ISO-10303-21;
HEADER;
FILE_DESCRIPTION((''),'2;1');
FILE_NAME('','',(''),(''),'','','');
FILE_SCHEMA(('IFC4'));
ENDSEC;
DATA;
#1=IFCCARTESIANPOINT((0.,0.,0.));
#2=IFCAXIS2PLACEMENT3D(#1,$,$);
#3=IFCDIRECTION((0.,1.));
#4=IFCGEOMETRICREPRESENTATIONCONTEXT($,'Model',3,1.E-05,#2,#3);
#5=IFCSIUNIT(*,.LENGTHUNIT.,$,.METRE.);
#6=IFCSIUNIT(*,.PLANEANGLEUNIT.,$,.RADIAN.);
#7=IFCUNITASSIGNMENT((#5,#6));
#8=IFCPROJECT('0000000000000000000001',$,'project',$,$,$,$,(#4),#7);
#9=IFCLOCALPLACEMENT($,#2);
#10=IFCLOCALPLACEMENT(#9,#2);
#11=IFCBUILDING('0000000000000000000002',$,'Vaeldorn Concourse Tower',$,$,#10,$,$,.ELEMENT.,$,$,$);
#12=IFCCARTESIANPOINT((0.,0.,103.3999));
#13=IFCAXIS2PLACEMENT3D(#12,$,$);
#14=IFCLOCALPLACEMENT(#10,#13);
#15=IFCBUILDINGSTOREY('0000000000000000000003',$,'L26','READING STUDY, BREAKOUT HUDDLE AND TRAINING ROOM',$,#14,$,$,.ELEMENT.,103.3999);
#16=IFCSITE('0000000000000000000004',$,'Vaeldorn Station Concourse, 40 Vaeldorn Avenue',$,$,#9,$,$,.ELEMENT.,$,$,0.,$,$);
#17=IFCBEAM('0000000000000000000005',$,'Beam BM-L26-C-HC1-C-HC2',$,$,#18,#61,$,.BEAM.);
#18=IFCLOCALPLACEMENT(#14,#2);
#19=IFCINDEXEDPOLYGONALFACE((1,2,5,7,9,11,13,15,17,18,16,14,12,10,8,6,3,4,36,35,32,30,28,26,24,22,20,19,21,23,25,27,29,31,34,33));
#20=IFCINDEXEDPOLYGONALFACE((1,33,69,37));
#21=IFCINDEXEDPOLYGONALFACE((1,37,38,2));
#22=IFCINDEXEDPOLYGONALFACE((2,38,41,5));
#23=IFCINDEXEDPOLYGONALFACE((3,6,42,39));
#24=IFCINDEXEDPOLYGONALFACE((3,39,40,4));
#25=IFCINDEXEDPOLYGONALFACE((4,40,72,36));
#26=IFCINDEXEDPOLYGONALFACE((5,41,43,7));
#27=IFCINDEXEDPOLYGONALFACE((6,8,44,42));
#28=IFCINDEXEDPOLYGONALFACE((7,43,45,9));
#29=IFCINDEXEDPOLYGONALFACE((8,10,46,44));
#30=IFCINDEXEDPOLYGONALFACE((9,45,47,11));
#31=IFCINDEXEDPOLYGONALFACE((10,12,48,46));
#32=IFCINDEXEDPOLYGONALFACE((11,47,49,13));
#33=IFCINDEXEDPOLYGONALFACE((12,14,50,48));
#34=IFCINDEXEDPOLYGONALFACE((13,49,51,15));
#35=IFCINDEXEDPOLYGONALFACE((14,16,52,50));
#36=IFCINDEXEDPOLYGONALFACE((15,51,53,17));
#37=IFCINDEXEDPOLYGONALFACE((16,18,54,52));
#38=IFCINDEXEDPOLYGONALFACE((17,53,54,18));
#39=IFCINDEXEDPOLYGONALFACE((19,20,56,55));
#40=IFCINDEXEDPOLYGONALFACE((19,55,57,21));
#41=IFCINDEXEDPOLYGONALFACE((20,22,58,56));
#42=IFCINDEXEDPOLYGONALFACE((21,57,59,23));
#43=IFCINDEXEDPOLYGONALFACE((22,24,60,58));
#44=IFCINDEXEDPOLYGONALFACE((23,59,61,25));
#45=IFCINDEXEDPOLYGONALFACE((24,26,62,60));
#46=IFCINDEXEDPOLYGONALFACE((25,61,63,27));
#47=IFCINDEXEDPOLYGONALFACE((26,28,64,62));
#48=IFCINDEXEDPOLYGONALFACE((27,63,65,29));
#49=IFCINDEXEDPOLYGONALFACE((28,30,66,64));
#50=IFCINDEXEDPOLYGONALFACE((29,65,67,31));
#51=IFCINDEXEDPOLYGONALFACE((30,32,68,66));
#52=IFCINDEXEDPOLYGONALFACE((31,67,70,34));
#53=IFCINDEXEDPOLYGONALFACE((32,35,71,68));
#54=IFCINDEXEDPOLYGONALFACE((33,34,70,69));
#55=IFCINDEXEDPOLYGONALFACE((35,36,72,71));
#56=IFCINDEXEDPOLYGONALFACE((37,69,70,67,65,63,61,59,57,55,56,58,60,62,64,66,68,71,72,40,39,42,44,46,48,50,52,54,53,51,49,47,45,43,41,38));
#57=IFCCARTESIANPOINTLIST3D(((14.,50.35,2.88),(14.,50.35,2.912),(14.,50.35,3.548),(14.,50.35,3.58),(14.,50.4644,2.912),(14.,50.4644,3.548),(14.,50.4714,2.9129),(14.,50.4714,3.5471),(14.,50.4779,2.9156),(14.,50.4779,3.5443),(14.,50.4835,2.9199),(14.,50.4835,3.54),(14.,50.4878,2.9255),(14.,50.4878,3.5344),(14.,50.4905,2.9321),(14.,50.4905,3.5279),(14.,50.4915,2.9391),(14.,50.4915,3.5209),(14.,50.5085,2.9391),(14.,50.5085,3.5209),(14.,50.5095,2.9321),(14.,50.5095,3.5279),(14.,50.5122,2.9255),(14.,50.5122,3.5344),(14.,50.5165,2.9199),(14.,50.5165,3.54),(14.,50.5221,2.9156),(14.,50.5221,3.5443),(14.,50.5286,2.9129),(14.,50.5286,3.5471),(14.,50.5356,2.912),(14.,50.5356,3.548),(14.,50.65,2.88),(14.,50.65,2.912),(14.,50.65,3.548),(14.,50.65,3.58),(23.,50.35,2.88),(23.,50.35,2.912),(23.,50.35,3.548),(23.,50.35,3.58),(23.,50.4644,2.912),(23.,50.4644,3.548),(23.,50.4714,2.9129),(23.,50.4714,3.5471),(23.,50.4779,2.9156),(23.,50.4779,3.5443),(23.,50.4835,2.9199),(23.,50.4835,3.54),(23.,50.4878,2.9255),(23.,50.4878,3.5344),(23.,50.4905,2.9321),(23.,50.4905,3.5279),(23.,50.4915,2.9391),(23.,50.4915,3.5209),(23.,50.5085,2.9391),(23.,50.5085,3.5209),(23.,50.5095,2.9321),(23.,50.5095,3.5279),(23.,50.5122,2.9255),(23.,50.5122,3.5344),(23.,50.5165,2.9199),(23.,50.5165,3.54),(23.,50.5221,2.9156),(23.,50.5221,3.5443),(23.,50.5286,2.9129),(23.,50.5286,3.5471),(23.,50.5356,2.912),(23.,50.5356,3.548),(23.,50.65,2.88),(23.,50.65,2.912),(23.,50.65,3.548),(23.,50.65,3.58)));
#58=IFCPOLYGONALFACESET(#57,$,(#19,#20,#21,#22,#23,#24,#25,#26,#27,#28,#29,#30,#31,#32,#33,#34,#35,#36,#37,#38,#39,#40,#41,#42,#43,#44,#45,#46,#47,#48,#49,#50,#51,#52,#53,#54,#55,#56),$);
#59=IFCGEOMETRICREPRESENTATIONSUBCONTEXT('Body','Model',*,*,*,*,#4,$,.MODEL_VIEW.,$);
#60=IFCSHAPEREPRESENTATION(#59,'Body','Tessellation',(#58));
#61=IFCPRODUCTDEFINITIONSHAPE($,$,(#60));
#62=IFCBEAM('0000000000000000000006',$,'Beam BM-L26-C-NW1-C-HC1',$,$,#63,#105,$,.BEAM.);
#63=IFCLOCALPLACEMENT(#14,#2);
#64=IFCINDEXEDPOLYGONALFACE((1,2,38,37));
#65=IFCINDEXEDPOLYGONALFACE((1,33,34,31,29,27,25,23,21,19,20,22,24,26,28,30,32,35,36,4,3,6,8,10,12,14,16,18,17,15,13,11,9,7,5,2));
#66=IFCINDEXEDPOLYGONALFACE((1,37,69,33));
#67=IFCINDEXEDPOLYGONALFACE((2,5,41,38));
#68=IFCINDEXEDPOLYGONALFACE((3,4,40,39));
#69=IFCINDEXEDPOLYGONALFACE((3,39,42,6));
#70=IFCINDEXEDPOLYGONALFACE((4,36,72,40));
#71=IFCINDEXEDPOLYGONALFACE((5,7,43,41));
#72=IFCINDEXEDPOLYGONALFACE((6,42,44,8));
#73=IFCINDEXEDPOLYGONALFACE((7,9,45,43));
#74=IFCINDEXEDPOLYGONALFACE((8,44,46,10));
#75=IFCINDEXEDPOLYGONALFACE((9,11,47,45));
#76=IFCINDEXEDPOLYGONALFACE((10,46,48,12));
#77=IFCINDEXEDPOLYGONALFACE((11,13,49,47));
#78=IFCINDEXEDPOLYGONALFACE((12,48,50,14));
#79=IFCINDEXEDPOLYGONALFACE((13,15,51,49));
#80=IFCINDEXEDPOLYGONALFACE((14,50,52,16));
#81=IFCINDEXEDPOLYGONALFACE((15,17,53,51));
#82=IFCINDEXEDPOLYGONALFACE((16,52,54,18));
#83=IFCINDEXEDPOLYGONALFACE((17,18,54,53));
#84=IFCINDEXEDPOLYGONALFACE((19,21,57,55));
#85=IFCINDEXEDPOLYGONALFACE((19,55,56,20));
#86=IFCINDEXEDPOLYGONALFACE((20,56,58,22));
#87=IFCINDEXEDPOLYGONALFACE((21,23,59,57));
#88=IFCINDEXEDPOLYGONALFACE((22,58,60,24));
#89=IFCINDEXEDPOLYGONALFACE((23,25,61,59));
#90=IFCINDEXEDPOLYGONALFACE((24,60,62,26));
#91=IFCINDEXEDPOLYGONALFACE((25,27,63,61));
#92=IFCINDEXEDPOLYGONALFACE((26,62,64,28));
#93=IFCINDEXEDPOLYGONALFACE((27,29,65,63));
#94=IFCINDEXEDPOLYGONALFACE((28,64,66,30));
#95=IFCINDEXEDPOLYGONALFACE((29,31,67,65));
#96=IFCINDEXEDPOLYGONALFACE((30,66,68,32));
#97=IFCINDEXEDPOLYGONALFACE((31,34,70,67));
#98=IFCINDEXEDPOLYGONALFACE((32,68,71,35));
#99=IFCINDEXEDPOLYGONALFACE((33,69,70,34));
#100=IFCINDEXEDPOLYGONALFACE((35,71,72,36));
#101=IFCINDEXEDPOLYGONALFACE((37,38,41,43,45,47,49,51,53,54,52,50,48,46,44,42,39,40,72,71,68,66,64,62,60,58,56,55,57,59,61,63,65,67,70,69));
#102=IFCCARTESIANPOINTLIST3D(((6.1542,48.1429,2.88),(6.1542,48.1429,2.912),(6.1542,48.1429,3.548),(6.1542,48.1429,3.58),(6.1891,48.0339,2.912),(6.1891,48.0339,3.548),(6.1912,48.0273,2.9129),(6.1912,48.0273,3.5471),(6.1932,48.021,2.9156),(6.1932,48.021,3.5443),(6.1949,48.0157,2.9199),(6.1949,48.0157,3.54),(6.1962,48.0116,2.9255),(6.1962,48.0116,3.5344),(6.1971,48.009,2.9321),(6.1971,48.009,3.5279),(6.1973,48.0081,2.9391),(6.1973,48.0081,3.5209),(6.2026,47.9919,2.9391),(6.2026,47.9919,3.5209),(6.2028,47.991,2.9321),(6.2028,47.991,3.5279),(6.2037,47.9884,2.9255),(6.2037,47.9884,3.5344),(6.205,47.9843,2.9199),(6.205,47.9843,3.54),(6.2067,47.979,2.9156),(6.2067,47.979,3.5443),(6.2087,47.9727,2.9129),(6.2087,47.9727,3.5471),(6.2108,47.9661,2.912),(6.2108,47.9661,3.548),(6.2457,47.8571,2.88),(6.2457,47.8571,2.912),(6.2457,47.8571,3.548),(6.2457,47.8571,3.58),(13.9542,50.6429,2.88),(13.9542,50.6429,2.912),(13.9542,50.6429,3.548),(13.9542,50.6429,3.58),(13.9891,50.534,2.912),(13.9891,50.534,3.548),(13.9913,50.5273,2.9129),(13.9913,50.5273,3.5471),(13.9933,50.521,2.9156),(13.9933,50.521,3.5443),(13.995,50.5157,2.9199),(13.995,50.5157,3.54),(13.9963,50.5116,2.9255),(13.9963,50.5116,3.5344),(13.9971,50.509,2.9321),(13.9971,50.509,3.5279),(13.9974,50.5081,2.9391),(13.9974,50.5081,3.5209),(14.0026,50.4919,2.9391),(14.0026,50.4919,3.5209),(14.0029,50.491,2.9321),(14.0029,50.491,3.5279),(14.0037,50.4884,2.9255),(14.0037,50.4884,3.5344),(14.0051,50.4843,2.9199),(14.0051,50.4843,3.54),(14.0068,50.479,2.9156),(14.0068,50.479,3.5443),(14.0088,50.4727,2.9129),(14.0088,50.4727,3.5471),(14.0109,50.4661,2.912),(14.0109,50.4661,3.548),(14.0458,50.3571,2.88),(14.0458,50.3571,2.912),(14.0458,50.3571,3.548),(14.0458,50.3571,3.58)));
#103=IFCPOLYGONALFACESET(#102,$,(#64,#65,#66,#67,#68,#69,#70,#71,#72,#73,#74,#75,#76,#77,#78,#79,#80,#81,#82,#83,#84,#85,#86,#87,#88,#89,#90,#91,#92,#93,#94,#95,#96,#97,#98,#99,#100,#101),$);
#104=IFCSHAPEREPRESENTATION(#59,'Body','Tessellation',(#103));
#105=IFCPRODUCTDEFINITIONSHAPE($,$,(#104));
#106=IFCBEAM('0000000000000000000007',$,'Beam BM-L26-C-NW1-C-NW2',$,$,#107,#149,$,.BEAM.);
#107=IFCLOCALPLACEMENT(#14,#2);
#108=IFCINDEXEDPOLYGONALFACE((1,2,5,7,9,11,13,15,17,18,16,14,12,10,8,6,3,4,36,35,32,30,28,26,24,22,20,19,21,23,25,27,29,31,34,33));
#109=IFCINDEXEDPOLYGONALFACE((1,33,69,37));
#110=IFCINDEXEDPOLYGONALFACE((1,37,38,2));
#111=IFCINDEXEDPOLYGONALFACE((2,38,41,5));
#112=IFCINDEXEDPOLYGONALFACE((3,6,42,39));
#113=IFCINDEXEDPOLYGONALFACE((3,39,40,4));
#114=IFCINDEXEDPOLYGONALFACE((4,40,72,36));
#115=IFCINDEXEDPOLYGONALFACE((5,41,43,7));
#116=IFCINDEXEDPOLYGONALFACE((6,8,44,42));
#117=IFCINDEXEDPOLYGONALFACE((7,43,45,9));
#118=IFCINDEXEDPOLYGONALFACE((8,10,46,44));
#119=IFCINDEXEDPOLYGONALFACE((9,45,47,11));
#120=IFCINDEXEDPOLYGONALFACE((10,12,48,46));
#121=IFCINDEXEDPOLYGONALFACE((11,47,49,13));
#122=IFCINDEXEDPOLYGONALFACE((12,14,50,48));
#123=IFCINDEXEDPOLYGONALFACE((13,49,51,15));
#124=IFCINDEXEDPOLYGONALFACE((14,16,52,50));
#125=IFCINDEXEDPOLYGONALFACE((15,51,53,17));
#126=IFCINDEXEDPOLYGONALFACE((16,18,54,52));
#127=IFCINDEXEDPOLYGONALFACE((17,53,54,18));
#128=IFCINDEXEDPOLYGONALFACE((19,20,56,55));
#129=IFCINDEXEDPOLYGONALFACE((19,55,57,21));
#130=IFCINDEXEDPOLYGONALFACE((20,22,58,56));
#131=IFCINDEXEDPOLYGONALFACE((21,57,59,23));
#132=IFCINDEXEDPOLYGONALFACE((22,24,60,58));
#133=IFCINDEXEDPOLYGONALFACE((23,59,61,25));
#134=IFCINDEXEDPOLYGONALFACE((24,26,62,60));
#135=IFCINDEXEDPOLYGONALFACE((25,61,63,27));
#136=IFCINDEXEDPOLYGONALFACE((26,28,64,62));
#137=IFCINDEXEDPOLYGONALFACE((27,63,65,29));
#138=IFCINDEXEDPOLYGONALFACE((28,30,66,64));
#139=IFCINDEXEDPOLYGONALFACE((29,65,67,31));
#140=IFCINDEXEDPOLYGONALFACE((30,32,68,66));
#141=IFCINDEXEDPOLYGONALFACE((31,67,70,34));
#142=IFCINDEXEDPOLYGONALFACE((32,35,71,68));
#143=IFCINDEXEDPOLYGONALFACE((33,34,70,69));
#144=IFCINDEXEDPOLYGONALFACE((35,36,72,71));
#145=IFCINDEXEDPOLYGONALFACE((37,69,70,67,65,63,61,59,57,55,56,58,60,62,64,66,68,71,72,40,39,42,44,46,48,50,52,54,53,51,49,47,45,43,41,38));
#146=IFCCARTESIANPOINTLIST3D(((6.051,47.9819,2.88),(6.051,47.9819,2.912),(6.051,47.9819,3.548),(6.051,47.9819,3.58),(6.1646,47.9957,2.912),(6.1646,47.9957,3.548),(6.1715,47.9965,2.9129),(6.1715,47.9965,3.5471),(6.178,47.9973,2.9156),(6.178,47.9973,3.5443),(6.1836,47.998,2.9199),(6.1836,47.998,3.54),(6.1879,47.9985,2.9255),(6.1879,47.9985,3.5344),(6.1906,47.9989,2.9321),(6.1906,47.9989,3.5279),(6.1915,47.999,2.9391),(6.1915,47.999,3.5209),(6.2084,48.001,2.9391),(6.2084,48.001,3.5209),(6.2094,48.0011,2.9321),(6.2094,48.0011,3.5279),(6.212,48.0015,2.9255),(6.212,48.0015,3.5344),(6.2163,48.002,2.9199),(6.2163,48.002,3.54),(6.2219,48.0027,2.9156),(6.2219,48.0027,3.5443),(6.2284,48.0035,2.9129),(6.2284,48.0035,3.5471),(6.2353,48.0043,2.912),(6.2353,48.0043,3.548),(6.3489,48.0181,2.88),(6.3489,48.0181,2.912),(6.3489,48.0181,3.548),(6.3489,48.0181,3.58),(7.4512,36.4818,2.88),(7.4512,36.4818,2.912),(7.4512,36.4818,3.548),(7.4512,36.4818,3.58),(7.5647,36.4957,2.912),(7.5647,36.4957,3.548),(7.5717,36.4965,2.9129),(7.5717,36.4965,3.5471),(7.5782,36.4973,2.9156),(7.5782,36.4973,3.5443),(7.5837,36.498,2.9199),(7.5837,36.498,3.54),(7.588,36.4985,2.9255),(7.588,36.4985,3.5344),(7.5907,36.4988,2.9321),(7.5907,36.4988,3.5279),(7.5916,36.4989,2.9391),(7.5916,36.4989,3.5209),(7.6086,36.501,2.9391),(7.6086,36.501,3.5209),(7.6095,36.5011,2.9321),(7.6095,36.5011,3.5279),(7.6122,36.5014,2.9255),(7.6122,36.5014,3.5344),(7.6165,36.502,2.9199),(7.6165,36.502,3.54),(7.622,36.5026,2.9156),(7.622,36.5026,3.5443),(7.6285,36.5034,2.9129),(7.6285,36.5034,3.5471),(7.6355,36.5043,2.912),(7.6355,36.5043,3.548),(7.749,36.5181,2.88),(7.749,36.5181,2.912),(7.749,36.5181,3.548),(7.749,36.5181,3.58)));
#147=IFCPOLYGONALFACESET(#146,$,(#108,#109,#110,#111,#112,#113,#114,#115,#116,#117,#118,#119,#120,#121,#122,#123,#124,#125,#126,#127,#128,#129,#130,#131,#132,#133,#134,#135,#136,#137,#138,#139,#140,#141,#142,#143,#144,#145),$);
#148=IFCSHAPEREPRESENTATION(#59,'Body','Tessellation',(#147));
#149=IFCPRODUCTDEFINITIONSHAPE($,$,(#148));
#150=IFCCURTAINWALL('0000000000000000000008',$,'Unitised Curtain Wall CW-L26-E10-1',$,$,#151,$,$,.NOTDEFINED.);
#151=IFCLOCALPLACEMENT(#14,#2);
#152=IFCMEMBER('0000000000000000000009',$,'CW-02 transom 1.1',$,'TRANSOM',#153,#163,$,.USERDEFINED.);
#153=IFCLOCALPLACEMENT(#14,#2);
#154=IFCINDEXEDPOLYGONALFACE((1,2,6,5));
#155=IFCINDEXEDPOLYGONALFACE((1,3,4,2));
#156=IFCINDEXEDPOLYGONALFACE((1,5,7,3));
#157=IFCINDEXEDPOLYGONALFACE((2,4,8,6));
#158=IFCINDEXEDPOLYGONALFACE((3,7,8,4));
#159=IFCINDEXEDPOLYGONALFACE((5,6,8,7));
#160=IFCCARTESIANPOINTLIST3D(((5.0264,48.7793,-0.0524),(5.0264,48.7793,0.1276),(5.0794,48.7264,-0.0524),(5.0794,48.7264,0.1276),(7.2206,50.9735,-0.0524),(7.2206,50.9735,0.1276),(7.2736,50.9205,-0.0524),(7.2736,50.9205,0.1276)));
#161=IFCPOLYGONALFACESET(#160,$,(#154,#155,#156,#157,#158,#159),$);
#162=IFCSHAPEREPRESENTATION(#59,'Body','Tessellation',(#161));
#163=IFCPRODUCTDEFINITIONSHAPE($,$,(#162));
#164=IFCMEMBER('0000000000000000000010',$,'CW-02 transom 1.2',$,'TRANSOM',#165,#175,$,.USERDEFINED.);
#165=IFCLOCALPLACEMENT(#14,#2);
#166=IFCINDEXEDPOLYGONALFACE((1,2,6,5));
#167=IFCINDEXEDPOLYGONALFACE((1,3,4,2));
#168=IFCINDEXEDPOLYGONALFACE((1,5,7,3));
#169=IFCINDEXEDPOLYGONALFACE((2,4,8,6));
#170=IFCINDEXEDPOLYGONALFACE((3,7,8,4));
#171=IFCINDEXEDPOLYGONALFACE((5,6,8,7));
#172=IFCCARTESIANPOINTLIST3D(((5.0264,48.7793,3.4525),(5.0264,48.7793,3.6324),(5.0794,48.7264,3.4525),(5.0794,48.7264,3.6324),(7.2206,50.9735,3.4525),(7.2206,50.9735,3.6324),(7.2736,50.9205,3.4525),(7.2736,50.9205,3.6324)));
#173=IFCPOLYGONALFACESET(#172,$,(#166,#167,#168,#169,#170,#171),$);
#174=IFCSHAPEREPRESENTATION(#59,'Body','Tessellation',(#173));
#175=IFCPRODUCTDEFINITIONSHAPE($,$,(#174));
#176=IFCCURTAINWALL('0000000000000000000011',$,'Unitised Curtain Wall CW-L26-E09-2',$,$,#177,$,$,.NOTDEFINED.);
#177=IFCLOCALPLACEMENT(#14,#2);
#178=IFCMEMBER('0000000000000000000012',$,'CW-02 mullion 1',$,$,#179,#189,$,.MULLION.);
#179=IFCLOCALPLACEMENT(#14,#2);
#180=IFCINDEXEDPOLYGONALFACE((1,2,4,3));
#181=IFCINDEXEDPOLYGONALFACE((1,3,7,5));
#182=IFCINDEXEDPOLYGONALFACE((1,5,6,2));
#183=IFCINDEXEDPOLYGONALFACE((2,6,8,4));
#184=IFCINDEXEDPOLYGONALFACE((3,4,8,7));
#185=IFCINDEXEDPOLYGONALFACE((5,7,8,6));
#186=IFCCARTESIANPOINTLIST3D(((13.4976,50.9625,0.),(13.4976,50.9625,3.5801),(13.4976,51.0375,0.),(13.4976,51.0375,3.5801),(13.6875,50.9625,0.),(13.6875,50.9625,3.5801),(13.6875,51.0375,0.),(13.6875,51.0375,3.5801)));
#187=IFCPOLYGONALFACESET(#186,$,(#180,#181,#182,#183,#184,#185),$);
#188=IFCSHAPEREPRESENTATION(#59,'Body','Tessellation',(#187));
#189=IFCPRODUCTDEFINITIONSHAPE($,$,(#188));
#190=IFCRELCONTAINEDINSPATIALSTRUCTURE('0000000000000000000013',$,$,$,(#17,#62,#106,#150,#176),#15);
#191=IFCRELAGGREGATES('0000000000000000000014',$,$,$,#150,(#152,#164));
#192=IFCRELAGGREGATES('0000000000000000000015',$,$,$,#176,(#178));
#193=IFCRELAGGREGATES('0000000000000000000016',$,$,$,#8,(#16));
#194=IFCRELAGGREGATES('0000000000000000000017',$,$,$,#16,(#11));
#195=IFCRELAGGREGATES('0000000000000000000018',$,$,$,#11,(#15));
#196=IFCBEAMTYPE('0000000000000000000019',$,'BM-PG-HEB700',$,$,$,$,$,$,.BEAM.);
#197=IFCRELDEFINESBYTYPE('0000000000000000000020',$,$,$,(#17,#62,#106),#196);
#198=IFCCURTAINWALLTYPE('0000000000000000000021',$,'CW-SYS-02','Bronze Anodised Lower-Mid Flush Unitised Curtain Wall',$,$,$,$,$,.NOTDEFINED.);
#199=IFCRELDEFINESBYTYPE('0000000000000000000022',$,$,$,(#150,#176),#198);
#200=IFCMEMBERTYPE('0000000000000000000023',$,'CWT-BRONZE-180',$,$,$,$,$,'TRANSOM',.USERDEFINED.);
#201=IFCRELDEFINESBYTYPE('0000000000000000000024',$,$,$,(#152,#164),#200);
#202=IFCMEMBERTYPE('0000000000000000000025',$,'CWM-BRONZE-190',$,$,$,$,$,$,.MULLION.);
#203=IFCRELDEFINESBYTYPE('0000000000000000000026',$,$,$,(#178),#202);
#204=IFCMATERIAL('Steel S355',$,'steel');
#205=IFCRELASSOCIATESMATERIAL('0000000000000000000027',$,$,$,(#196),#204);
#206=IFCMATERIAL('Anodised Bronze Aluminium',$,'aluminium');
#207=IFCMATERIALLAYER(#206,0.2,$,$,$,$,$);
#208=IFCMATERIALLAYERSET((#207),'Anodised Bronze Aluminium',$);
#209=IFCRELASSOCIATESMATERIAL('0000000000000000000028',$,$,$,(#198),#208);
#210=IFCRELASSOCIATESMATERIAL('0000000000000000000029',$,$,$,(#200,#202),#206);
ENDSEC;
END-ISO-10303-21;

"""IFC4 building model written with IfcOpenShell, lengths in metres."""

from ifc_helpers import new_model, si_unit, direction, frame, origin, origin_2d, place, context, subcontext, project, spatial, rectangle, i_section, extrude, source, transform, mapped, material, layer, layer_set, material_profile, profile_set, type_object, element, aggregate, save


model = new_model("IFC4")

# Units and contexts
model_context = context("Model", 3, precision=1e-05, world=origin(), true_north=direction((0.0, 1.0)))
body_context = subcontext(model_context, "Body", "Model", "MODEL_VIEW")
ifc_project = project(units=[si_unit("LENGTHUNIT", "METRE"), si_unit("PLANEANGLEUNIT", "RADIAN")], contexts=[model_context])

# Site, building, storey
site_placement = place(None, origin())
site = spatial("IfcSite", under=ifc_project, at=site_placement, Name="Vaeldorn Station Concourse, 40 Vaeldorn Avenue", CompositionType="ELEMENT", RefElevation=0.0)
building_placement = place(site_placement, origin())
building = spatial("IfcBuilding", under=site, at=building_placement, Name="Vaeldorn Concourse Tower", CompositionType="ELEMENT")
storey_placement = place(building_placement, frame((0.0, 0.0, 103.3999)))
storey = spatial("IfcBuildingStorey", under=building, at=storey_placement, Name="L26", Description="READING STUDY, BREAKOUT HUDDLE AND TRAINING ROOM", CompositionType="ELEMENT", Elevation=103.3999)

# Beams
ifc_material_1 = material(Name="Steel S355", Category="steel")
ifc_material_profile_1 = material_profile(ifc_material_1, i_section(OverallWidth=0.3, OverallDepth=0.7, WebThickness=0.0171, FlangeThickness=0.032, FilletRadius=0.0271, at=origin_2d()), Name="HEB 700")
ifc_profile_set_1 = profile_set([ifc_material_profile_1], Name="Steel S355")
beam_type_1 = type_object("IfcBeamType", Name="BM-PG-HEB700", PredefinedType="BEAM", material=ifc_profile_set_1)
shared_shape_1 = source(origin(), body_context, "Body", "SweptSolid", [
    extrude(i_section(OverallWidth=0.3, OverallDepth=0.7, WebThickness=0.0171, FlangeThickness=0.032, FilletRadius=0.0271, at=origin_2d()), origin(), (0.0, 0.0, 1.0), 9.0),
])
beam_1_placement = place(storey_placement, frame((14.0, 50.5, 3.23), z_axis=(1.0, 0.0, 0.0), x_axis=(0.0, 1.0, 0.0)))
element("IfcBeam", 1, at=beam_1_placement, inside=storey, type_object=beam_type_1, Name="Beam BM-L26-C-HC1-C-HC2", PredefinedType="BEAM", context=body_context, shape_type="MappedRepresentation", body=[
    mapped(shared_shape_1, transform((0.0, 0.0, 0.0), scale=1.0)),
])
shared_shape_2 = source(origin(), body_context, "Body", "SweptSolid", [
    extrude(i_section(OverallWidth=0.3, OverallDepth=0.7, WebThickness=0.0171, FlangeThickness=0.032, FilletRadius=0.0271, at=origin_2d()), origin(), (0.0, 0.0, 1.0), 8.1909),
])
beam_2_placement = place(storey_placement, frame((6.2, 48.0, 3.23), z_axis=(0.952283, 0.305217, 0.0), x_axis=(-0.305217, 0.952283, 0.0)))
element("IfcBeam", 2, at=beam_2_placement, inside=storey, type_object=beam_type_1, Name="Beam BM-L26-C-NW1-C-HC1", PredefinedType="BEAM", context=body_context, shape_type="MappedRepresentation", body=[
    mapped(shared_shape_2, transform((0.0, 0.0, 0.0), scale=1.0)),
])
shared_shape_3 = source(origin(), body_context, "Body", "SweptSolid", [
    extrude(i_section(OverallWidth=0.3, OverallDepth=0.7, WebThickness=0.0171, FlangeThickness=0.032, FilletRadius=0.0271, at=origin_2d()), origin(), (0.0, 0.0, 1.0), 11.585),
])
beam_3_placement = place(storey_placement, frame((6.2, 48.0, 3.23), z_axis=(0.120859, -0.99267, 0.0), x_axis=(0.99267, 0.120859, 0.0)))
element("IfcBeam", 3, at=beam_3_placement, inside=storey, type_object=beam_type_1, Name="Beam BM-L26-C-NW1-C-NW2", PredefinedType="BEAM", context=body_context, shape_type="MappedRepresentation", body=[
    mapped(shared_shape_3, transform((0.0, 0.0, 0.0), scale=1.0)),
])

# Curtain walls, members
ifc_material_2 = material(Name="Anodised Bronze Aluminium", Category="aluminium")
ifc_layer_1 = layer(ifc_material_2, 0.2)
ifc_layer_set_1 = layer_set([ifc_layer_1], Name="Anodised Bronze Aluminium")
curtain_wall_type = type_object("IfcCurtainWallType", Name="CW-SYS-02", Description="Bronze Anodised Lower-Mid Flush Unitised Curtain Wall", PredefinedType="NOTDEFINED", material=ifc_layer_set_1)
curtain_wall_1_placement = place(storey_placement, origin())
curtain_wall_1 = element("IfcCurtainWall", 4, at=curtain_wall_1_placement, inside=storey, type_object=curtain_wall_type, Name="Unitised Curtain Wall CW-L26-E10-1", PredefinedType="NOTDEFINED")
ifc_material_profile_2 = material_profile(ifc_material_2, rectangle(XDim=0.075, YDim=0.1799, at=origin_2d()), Name="CWT 75x180")
ifc_profile_set_2 = profile_set([ifc_material_profile_2], Name="Anodised Bronze Aluminium")
member_type_1 = type_object("IfcMemberType", Name="CWT-BRONZE-180", ElementType="TRANSOM", PredefinedType="USERDEFINED", material=ifc_profile_set_2)
shared_shape_4 = source(origin(), body_context, "Body", "SweptSolid", [
    extrude(rectangle(XDim=0.075, YDim=0.1799, at=origin_2d()), origin(), (0.0, 0.0, 1.0), 3.103),
])
member_1_placement = place(storey_placement, frame((7.2471, 50.947, 0.0376), z_axis=(-0.707107, -0.707107, 0.0), x_axis=(0.707107, -0.707107, 0.0)))
member_1 = element("IfcMember", 5, at=member_1_placement, type_object=member_type_1, Name="CW-02 transom 1.1", ObjectType="TRANSOM", PredefinedType="USERDEFINED", context=body_context, shape_type="MappedRepresentation", body=[
    mapped(shared_shape_4, transform((0.0, 0.0, 0.0), scale=1.0)),
])
member_2_placement = place(storey_placement, frame((7.2471, 50.947, 3.5425), z_axis=(-0.707107, -0.707107, 0.0), x_axis=(0.707107, -0.707107, 0.0)))
member_2 = element("IfcMember", 6, at=member_2_placement, type_object=member_type_1, Name="CW-02 transom 1.2", ObjectType="TRANSOM", PredefinedType="USERDEFINED", context=body_context, shape_type="MappedRepresentation", body=[
    mapped(shared_shape_4, transform((0.0, 0.0, 0.0), scale=1.0)),
])
curtain_wall_2_placement = place(storey_placement, origin())
curtain_wall_2 = element("IfcCurtainWall", 7, at=curtain_wall_2_placement, inside=storey, type_object=curtain_wall_type, Name="Unitised Curtain Wall CW-L26-E09-2", PredefinedType="NOTDEFINED")
ifc_material_profile_3 = material_profile(ifc_material_2, rectangle(XDim=0.075, YDim=0.1899, at=origin_2d()), Name="CWM 75x190")
ifc_profile_set_3 = profile_set([ifc_material_profile_3], Name="Anodised Bronze Aluminium")
member_type_2 = type_object("IfcMemberType", Name="CWM-BRONZE-190", PredefinedType="MULLION", material=ifc_profile_set_3)
shared_shape_5 = source(origin(), body_context, "Body", "SweptSolid", [
    extrude(rectangle(XDim=0.075, YDim=0.1899, at=origin_2d()), origin(), (0.0, 0.0, 1.0), 3.5801),
])
member_3_placement = place(storey_placement, frame((13.5925, 51.0, 0.0), z_axis=(0.0, 0.0, 1.0), x_axis=(0.0, -1.0, 0.0)))
member_3 = element("IfcMember", 8, at=member_3_placement, type_object=member_type_2, Name="CW-02 mullion 1", PredefinedType="MULLION", context=body_context, shape_type="MappedRepresentation", body=[
    mapped(shared_shape_5, transform((0.0, 0.0, 0.0), scale=1.0)),
])

aggregate(curtain_wall_1, [member_1, member_2])
aggregate(curtain_wall_2, [member_3])

save(model, "model.ifc")
